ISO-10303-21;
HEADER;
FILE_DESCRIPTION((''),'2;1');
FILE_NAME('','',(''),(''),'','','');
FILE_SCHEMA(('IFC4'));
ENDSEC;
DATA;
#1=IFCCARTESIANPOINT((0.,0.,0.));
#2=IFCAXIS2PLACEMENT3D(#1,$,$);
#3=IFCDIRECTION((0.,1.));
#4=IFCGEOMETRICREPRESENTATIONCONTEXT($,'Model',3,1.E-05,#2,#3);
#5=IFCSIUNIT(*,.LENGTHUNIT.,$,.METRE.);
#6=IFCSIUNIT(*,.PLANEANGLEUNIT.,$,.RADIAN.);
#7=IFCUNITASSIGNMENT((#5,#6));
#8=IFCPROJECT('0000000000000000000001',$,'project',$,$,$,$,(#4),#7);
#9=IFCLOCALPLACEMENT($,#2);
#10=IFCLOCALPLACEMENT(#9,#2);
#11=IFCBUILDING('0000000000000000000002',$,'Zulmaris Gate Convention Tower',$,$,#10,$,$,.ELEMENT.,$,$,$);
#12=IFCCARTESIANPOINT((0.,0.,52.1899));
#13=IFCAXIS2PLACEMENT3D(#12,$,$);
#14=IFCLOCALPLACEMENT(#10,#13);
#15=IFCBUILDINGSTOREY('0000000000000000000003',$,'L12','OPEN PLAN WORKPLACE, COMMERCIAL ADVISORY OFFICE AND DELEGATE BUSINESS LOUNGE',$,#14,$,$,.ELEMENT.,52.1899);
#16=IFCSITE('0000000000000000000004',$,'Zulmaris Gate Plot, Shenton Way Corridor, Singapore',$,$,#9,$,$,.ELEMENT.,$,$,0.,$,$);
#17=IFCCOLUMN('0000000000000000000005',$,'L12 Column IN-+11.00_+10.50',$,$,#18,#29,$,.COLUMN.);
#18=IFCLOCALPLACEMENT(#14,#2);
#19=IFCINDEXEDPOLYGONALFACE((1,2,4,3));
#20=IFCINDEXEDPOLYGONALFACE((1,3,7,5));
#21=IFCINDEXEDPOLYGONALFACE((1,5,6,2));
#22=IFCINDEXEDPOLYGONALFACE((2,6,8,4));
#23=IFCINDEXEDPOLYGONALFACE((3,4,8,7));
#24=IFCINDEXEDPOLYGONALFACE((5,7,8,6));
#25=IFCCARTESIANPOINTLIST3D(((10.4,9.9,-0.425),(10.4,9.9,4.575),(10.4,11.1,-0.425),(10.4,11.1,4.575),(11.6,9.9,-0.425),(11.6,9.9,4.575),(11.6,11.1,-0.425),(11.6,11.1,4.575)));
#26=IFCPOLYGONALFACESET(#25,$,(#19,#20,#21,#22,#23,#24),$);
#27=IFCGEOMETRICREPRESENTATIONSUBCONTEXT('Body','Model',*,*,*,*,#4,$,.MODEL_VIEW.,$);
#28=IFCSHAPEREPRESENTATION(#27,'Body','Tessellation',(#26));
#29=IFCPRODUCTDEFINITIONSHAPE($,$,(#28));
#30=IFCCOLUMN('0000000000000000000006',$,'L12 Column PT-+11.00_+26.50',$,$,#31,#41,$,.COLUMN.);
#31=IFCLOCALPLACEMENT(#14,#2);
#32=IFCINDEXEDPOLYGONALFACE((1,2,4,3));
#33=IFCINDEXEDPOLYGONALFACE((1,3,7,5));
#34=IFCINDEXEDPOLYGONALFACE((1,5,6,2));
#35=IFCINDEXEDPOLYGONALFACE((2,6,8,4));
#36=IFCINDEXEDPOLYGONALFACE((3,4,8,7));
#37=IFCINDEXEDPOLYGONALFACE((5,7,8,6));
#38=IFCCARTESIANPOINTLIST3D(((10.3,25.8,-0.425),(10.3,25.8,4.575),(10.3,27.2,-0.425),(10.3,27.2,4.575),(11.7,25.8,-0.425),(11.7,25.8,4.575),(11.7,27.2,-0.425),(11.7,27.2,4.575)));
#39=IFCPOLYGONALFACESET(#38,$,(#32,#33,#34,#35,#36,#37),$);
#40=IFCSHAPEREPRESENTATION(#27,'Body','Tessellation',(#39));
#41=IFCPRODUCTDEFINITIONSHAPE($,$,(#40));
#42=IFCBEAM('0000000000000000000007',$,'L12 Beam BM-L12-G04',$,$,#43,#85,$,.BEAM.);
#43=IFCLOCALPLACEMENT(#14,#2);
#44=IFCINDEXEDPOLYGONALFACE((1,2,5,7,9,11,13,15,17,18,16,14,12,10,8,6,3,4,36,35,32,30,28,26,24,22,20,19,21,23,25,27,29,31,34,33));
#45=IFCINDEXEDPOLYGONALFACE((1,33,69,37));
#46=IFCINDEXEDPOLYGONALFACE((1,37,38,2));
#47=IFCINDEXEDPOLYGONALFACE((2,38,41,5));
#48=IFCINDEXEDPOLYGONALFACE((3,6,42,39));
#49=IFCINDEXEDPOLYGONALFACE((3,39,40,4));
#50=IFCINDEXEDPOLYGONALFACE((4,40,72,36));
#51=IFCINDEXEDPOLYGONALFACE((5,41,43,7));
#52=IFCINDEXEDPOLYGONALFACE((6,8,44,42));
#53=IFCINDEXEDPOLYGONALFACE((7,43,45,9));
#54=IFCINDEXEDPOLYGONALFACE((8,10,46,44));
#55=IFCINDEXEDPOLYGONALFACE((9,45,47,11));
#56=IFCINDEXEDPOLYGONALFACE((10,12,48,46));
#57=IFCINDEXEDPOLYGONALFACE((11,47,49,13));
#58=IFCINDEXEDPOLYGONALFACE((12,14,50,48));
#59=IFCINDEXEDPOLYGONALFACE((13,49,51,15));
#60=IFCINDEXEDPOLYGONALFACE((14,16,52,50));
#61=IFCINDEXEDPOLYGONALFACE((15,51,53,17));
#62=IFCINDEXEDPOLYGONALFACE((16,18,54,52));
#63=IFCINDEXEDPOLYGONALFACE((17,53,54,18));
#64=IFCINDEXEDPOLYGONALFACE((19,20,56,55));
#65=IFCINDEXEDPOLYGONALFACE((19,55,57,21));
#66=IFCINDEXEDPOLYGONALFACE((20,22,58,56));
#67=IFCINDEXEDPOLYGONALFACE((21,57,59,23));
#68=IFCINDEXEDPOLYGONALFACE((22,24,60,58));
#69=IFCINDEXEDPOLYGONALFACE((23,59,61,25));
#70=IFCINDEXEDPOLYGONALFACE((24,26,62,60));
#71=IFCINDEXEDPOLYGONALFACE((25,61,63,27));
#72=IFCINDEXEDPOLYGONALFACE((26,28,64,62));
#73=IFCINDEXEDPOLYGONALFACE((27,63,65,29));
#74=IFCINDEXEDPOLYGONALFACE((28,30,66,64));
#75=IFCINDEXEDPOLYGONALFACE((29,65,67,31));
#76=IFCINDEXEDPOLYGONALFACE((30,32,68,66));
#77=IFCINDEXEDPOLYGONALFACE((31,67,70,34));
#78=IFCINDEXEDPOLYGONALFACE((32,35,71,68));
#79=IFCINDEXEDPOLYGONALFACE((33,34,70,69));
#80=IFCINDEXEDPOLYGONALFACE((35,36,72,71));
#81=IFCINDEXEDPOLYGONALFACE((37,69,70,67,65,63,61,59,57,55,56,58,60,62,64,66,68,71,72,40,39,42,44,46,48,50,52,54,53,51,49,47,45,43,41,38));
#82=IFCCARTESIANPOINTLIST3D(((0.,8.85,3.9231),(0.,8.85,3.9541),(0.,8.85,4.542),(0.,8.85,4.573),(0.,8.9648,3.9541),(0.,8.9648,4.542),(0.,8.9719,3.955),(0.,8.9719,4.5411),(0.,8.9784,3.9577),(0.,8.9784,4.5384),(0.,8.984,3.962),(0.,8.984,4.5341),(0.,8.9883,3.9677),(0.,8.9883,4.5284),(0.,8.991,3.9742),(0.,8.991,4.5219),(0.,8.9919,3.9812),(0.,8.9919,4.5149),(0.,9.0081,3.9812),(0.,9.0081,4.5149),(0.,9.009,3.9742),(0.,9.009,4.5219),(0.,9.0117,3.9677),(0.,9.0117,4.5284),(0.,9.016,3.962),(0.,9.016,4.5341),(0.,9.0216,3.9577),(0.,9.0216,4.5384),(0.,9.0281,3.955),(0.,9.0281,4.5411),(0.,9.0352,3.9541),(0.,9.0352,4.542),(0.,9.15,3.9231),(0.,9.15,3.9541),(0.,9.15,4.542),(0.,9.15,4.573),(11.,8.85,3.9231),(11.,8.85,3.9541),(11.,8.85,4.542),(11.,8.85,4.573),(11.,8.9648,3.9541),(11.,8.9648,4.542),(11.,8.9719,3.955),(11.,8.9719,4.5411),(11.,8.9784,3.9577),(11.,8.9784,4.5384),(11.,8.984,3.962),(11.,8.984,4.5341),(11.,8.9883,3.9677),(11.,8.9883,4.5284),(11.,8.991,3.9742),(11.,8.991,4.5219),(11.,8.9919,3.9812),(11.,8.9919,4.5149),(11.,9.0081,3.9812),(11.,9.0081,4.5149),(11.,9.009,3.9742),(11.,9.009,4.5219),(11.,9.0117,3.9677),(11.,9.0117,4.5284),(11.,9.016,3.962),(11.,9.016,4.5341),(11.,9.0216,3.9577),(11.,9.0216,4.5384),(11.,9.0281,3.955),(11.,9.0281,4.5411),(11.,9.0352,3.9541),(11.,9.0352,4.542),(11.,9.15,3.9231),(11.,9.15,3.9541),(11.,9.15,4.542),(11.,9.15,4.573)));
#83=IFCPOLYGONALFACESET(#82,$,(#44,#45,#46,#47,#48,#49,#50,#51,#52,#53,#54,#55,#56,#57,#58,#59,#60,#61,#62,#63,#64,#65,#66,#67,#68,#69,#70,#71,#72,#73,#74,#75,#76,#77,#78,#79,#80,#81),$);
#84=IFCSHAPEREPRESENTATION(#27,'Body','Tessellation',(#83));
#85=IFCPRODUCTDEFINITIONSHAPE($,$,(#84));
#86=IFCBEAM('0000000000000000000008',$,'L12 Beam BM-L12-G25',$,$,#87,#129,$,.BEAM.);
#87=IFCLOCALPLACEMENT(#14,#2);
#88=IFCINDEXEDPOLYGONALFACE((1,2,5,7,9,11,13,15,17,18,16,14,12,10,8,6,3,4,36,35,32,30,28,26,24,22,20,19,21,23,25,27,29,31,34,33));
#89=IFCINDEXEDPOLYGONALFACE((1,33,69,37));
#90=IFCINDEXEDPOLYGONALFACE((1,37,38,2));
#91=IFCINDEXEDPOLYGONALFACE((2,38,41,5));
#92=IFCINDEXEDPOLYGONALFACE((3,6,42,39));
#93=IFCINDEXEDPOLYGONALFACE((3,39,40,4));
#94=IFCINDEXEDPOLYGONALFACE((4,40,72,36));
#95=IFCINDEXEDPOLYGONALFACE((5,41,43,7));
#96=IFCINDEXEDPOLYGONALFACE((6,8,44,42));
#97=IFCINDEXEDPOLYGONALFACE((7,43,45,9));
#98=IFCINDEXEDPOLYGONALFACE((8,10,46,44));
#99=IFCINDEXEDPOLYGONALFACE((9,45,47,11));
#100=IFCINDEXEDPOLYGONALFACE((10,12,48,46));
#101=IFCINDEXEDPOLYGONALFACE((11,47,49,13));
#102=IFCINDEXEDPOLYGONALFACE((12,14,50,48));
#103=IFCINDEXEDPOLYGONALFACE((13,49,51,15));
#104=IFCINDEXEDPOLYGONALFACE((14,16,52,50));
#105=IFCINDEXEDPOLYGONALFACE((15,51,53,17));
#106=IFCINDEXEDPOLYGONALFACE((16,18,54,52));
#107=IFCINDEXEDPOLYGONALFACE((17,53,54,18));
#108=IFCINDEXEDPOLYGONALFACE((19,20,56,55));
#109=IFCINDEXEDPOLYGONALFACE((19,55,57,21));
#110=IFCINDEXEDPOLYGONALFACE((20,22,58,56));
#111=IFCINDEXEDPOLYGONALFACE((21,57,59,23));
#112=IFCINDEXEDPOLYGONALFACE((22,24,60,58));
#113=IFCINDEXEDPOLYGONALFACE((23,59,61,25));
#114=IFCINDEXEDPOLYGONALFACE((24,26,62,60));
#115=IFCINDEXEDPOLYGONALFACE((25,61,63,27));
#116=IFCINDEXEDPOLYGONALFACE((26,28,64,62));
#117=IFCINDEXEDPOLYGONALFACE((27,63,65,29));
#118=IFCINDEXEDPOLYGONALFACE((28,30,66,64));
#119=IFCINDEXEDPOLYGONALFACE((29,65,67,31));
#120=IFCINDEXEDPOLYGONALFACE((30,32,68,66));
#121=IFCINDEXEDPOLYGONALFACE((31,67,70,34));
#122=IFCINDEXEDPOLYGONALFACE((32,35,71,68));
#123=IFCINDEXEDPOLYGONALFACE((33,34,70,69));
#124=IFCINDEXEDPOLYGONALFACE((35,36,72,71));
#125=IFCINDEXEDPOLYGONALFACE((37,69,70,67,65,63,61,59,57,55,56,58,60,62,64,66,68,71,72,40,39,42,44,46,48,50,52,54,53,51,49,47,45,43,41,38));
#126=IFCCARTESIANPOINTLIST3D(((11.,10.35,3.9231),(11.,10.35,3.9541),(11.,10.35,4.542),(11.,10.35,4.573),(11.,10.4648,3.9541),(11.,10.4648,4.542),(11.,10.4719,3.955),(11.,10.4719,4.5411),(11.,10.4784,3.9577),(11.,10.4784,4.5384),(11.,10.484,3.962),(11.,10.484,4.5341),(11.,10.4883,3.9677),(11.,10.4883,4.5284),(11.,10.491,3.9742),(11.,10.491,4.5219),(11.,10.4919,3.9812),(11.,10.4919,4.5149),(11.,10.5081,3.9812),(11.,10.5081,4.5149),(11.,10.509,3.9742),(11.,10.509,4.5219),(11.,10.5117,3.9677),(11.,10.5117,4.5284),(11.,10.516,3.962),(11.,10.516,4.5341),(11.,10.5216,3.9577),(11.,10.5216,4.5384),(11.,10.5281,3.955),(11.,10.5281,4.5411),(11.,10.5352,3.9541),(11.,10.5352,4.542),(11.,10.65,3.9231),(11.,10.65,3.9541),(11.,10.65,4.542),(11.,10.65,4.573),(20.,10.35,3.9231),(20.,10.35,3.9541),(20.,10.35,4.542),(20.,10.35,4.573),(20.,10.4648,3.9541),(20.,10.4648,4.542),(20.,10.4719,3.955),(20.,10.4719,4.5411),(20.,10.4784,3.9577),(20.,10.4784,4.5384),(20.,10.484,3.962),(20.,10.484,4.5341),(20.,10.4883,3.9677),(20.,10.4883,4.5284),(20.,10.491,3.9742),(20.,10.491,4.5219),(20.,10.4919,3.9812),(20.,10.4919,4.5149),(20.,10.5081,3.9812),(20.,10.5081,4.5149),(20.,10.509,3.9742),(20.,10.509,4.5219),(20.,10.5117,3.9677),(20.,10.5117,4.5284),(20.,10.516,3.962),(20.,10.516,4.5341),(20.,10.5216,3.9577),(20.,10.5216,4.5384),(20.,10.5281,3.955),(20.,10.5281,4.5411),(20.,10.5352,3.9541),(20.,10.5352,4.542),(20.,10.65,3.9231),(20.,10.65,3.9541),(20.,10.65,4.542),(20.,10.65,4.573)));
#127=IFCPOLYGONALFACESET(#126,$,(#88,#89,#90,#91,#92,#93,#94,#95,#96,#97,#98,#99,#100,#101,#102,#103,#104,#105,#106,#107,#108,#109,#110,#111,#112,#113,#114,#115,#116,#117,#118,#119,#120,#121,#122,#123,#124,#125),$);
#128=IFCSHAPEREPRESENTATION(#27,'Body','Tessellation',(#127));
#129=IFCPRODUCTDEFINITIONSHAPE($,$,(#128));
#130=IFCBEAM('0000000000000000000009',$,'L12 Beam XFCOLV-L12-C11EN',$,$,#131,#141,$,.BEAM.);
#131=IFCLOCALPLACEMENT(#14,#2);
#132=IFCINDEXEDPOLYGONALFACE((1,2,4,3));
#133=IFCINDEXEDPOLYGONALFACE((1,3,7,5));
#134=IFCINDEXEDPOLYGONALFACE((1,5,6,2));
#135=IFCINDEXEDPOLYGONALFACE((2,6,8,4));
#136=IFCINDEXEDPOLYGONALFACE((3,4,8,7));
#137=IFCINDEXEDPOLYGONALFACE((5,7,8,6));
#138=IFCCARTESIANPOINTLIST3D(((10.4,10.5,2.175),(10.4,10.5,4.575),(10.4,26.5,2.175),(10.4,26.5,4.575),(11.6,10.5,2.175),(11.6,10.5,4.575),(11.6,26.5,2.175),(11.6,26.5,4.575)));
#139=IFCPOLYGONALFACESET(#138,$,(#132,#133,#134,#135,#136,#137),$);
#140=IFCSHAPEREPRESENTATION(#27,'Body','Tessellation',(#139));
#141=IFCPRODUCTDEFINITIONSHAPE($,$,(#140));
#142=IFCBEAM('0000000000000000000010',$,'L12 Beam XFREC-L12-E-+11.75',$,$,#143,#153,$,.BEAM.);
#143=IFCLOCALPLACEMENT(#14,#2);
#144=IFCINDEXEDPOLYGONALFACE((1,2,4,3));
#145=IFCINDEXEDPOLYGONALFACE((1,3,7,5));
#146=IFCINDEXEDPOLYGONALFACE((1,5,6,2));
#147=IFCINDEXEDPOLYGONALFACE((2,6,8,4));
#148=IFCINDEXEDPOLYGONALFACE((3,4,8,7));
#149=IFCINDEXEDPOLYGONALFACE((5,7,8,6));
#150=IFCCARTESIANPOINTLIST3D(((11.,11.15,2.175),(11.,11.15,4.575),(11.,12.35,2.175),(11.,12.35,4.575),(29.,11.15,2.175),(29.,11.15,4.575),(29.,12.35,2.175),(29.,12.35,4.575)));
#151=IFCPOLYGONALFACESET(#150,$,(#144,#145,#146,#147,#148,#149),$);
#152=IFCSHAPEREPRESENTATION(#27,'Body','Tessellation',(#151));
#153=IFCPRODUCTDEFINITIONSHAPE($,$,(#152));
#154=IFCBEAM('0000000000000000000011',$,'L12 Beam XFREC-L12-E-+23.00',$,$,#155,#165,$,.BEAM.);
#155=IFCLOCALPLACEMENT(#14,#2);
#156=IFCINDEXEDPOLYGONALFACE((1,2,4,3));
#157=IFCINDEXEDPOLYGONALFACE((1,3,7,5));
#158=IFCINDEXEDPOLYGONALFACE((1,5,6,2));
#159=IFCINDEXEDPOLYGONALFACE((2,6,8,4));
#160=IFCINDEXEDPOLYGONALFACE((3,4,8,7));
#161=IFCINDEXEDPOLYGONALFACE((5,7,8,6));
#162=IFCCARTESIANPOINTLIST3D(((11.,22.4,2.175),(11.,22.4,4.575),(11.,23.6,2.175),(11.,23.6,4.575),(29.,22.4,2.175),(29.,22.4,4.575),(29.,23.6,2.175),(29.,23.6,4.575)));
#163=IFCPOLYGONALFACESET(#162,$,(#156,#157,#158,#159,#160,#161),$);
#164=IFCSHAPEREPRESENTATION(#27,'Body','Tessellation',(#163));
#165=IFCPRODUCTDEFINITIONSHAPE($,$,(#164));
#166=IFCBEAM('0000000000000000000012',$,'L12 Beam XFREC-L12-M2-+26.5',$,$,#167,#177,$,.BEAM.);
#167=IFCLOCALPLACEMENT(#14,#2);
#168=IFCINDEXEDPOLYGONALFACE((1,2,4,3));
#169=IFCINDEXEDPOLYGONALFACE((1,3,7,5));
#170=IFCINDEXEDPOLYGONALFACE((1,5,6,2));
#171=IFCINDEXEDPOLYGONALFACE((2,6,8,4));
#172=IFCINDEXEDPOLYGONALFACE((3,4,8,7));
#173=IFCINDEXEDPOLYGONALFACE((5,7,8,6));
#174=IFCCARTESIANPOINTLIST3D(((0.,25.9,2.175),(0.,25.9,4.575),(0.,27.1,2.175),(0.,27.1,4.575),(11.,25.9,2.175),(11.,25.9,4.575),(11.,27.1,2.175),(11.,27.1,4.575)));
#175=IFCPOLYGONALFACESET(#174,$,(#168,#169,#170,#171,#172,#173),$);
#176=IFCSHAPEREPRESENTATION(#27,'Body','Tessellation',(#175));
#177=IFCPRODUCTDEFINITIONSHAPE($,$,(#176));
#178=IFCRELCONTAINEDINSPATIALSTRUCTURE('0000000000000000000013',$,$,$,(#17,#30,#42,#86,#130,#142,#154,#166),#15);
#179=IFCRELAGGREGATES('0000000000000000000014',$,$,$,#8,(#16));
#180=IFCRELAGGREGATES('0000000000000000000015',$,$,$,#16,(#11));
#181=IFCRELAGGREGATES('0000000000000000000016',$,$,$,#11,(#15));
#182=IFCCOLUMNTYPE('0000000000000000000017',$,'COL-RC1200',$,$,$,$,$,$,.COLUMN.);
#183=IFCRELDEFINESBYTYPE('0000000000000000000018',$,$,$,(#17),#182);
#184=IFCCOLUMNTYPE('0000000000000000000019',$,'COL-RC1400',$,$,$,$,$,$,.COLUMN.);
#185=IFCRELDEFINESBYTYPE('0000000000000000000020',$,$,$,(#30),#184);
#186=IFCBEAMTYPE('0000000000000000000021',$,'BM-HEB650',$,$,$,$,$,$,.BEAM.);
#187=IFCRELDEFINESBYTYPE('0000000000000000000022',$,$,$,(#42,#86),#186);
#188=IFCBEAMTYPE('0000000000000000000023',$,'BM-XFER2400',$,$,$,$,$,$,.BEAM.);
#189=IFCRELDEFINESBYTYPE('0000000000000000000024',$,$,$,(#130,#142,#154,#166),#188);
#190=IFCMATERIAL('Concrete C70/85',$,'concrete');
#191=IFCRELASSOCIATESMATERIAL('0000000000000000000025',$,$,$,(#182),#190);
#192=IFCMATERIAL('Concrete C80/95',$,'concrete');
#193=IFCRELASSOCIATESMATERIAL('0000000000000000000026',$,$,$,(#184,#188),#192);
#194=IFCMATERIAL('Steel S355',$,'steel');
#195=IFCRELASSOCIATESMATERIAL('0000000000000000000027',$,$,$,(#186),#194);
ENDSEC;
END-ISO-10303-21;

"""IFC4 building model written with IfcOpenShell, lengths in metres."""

from ifc_helpers import new_model, si_unit, direction, frame, origin, origin_2d, place, context, subcontext, project, spatial, rectangle, i_section, extrude, material, material_profile, profile_set, type_object, element, save


model = new_model("IFC4")

# Units and contexts
model_context = context("Model", 3, precision=1e-05, world=origin(), true_north=direction((0.0, 1.0)))
body_context = subcontext(model_context, "Body", "Model", "MODEL_VIEW")
ifc_project = project(units=[si_unit("LENGTHUNIT", "METRE"), si_unit("PLANEANGLEUNIT", "RADIAN")], contexts=[model_context])

# Site, building, storey
site_placement = place(None, origin())
site = spatial("IfcSite", under=ifc_project, at=site_placement, Name="Zulmaris Gate Plot, Shenton Way Corridor, Singapore", CompositionType="ELEMENT", RefElevation=0.0)
building_placement = place(site_placement, origin())
building = spatial("IfcBuilding", under=site, at=building_placement, Name="Zulmaris Gate Convention Tower", CompositionType="ELEMENT")
storey_placement = place(building_placement, frame((0.0, 0.0, 52.1899)))
storey = spatial("IfcBuildingStorey", under=building, at=storey_placement, Name="L12", Description="OPEN PLAN WORKPLACE, COMMERCIAL ADVISORY OFFICE AND DELEGATE BUSINESS LOUNGE", CompositionType="ELEMENT", Elevation=52.1899)

# Columns
ifc_material_1 = material(Name="Concrete C70/85", Category="concrete")
ifc_material_profile_1 = material_profile(ifc_material_1, rectangle(XDim=1.2, YDim=1.2, at=origin_2d()), Name="RC COL 1200x1200")
ifc_profile_set_1 = profile_set([ifc_material_profile_1], Name="Concrete C70/85")
column_type_1 = type_object("IfcColumnType", Name="COL-RC1200", PredefinedType="COLUMN", material=ifc_profile_set_1)
column_1_placement = place(storey_placement, frame((11.0, 10.5, -0.425), z_axis=(0.0, 0.0, 1.0), x_axis=(1.0, 0.0, 0.0)))
element("IfcColumn", 1, at=column_1_placement, inside=storey, type_object=column_type_1, Name="L12 Column IN-+11.00_+10.50", PredefinedType="COLUMN", context=body_context, shape_type="SweptSolid", body=[
    extrude(rectangle(XDim=1.2, YDim=1.2, at=origin_2d()), origin(), (0.0, 0.0, 1.0), 5.0),
])
ifc_material_2 = material(Name="Concrete C80/95", Category="concrete")
ifc_material_profile_2 = material_profile(ifc_material_2, rectangle(XDim=1.3999, YDim=1.3999, at=origin_2d()), Name="RC COL 1400x1400")
ifc_profile_set_2 = profile_set([ifc_material_profile_2], Name="Concrete C80/95")
column_type_2 = type_object("IfcColumnType", Name="COL-RC1400", PredefinedType="COLUMN", material=ifc_profile_set_2)
column_2_placement = place(storey_placement, frame((11.0, 26.5, -0.425), z_axis=(0.0, 0.0, 1.0), x_axis=(1.0, 0.0, 0.0)))
element("IfcColumn", 2, at=column_2_placement, inside=storey, type_object=column_type_2, Name="L12 Column PT-+11.00_+26.50", PredefinedType="COLUMN", context=body_context, shape_type="SweptSolid", body=[
    extrude(rectangle(XDim=1.3999, YDim=1.3999, at=origin_2d()), origin(), (0.0, 0.0, 1.0), 5.0),
])

# Beams
ifc_material_3 = material(Name="Steel S355", Category="steel")
ifc_material_profile_3 = material_profile(ifc_material_3, i_section(OverallWidth=0.3, OverallDepth=0.6499, WebThickness=0.0161, FlangeThickness=0.031, FilletRadius=0.0271, at=origin_2d()), Name="HEB 650")
ifc_profile_set_3 = profile_set([ifc_material_profile_3], Name="Steel S355")
beam_type_1 = type_object("IfcBeamType", Name="BM-HEB650", PredefinedType="BEAM", material=ifc_profile_set_3)
beam_1_placement = place(storey_placement, frame((0.0, 9.0, 4.248), z_axis=(1.0, 0.0, 0.0), x_axis=(0.0, 1.0, 0.0)))
element("IfcBeam", 3, at=beam_1_placement, inside=storey, type_object=beam_type_1, Name="L12 Beam BM-L12-G04", PredefinedType="BEAM", context=body_context, shape_type="SweptSolid", body=[
    extrude(i_section(OverallWidth=0.3, OverallDepth=0.6499, WebThickness=0.0161, FlangeThickness=0.031, FilletRadius=0.0271, at=origin_2d()), origin(), (0.0, 0.0, 1.0), 11.0),
])
beam_2_placement = place(storey_placement, frame((11.0, 10.5, 4.248), z_axis=(1.0, 0.0, 0.0), x_axis=(0.0, 1.0, 0.0)))
element("IfcBeam", 4, at=beam_2_placement, inside=storey, type_object=beam_type_1, Name="L12 Beam BM-L12-G25", PredefinedType="BEAM", context=body_context, shape_type="SweptSolid", body=[
    extrude(i_section(OverallWidth=0.3, OverallDepth=0.6499, WebThickness=0.0161, FlangeThickness=0.031, FilletRadius=0.0271, at=origin_2d()), origin(), (0.0, 0.0, 1.0), 9.0),
])
ifc_material_profile_4 = material_profile(ifc_material_2, rectangle(XDim=1.2, YDim=2.3999, at=origin_2d()), Name="RC TRANSFER 1200x2400")
ifc_profile_set_4 = profile_set([ifc_material_profile_4], Name="Concrete C80/95")
beam_type_2 = type_object("IfcBeamType", Name="BM-XFER2400", PredefinedType="BEAM", material=ifc_profile_set_4)
beam_3_placement = place(storey_placement, frame((11.0, 10.5, 3.375), z_axis=(0.0, 1.0, 0.0), x_axis=(-1.0, 0.0, 0.0)))
element("IfcBeam", 5, at=beam_3_placement, inside=storey, type_object=beam_type_2, Name="L12 Beam XFCOLV-L12-C11EN", PredefinedType="BEAM", context=body_context, shape_type="SweptSolid", body=[
    extrude(rectangle(XDim=1.2, YDim=2.3999, at=origin_2d()), origin(), (0.0, 0.0, 1.0), 16.0),
])
for number, where, z_axis, x_axis, name in (
    (6, (11.0, 11.75, 3.375), (1.0, 0.0, 0.0), (0.0, 1.0, 0.0), "L12 Beam XFREC-L12-E-+11.75"),
    (7, (11.0, 23.0, 3.375), (1.0, 0.0, 0.0), (0.0, 1.0, 0.0), "L12 Beam XFREC-L12-E-+23.00"),
):
    element("IfcBeam", number, at=place(storey_placement, frame(where, z_axis=z_axis, x_axis=x_axis)), inside=storey, type_object=beam_type_2, Name=name, PredefinedType="BEAM", context=body_context, shape_type="SweptSolid", body=[
        extrude(rectangle(XDim=1.2, YDim=2.3999, at=origin_2d()), origin(), (0.0, 0.0, 1.0), 18.0),
    ])
beam_4_placement = place(storey_placement, frame((0.0, 26.5, 3.375), z_axis=(1.0, 0.0, 0.0), x_axis=(0.0, 1.0, 0.0)))
element("IfcBeam", 8, at=beam_4_placement, inside=storey, type_object=beam_type_2, Name="L12 Beam XFREC-L12-M2-+26.5", PredefinedType="BEAM", context=body_context, shape_type="SweptSolid", body=[
    extrude(rectangle(XDim=1.2, YDim=2.3999, at=origin_2d()), origin(), (0.0, 0.0, 1.0), 11.0),
])

save(model, "model.ifc")
